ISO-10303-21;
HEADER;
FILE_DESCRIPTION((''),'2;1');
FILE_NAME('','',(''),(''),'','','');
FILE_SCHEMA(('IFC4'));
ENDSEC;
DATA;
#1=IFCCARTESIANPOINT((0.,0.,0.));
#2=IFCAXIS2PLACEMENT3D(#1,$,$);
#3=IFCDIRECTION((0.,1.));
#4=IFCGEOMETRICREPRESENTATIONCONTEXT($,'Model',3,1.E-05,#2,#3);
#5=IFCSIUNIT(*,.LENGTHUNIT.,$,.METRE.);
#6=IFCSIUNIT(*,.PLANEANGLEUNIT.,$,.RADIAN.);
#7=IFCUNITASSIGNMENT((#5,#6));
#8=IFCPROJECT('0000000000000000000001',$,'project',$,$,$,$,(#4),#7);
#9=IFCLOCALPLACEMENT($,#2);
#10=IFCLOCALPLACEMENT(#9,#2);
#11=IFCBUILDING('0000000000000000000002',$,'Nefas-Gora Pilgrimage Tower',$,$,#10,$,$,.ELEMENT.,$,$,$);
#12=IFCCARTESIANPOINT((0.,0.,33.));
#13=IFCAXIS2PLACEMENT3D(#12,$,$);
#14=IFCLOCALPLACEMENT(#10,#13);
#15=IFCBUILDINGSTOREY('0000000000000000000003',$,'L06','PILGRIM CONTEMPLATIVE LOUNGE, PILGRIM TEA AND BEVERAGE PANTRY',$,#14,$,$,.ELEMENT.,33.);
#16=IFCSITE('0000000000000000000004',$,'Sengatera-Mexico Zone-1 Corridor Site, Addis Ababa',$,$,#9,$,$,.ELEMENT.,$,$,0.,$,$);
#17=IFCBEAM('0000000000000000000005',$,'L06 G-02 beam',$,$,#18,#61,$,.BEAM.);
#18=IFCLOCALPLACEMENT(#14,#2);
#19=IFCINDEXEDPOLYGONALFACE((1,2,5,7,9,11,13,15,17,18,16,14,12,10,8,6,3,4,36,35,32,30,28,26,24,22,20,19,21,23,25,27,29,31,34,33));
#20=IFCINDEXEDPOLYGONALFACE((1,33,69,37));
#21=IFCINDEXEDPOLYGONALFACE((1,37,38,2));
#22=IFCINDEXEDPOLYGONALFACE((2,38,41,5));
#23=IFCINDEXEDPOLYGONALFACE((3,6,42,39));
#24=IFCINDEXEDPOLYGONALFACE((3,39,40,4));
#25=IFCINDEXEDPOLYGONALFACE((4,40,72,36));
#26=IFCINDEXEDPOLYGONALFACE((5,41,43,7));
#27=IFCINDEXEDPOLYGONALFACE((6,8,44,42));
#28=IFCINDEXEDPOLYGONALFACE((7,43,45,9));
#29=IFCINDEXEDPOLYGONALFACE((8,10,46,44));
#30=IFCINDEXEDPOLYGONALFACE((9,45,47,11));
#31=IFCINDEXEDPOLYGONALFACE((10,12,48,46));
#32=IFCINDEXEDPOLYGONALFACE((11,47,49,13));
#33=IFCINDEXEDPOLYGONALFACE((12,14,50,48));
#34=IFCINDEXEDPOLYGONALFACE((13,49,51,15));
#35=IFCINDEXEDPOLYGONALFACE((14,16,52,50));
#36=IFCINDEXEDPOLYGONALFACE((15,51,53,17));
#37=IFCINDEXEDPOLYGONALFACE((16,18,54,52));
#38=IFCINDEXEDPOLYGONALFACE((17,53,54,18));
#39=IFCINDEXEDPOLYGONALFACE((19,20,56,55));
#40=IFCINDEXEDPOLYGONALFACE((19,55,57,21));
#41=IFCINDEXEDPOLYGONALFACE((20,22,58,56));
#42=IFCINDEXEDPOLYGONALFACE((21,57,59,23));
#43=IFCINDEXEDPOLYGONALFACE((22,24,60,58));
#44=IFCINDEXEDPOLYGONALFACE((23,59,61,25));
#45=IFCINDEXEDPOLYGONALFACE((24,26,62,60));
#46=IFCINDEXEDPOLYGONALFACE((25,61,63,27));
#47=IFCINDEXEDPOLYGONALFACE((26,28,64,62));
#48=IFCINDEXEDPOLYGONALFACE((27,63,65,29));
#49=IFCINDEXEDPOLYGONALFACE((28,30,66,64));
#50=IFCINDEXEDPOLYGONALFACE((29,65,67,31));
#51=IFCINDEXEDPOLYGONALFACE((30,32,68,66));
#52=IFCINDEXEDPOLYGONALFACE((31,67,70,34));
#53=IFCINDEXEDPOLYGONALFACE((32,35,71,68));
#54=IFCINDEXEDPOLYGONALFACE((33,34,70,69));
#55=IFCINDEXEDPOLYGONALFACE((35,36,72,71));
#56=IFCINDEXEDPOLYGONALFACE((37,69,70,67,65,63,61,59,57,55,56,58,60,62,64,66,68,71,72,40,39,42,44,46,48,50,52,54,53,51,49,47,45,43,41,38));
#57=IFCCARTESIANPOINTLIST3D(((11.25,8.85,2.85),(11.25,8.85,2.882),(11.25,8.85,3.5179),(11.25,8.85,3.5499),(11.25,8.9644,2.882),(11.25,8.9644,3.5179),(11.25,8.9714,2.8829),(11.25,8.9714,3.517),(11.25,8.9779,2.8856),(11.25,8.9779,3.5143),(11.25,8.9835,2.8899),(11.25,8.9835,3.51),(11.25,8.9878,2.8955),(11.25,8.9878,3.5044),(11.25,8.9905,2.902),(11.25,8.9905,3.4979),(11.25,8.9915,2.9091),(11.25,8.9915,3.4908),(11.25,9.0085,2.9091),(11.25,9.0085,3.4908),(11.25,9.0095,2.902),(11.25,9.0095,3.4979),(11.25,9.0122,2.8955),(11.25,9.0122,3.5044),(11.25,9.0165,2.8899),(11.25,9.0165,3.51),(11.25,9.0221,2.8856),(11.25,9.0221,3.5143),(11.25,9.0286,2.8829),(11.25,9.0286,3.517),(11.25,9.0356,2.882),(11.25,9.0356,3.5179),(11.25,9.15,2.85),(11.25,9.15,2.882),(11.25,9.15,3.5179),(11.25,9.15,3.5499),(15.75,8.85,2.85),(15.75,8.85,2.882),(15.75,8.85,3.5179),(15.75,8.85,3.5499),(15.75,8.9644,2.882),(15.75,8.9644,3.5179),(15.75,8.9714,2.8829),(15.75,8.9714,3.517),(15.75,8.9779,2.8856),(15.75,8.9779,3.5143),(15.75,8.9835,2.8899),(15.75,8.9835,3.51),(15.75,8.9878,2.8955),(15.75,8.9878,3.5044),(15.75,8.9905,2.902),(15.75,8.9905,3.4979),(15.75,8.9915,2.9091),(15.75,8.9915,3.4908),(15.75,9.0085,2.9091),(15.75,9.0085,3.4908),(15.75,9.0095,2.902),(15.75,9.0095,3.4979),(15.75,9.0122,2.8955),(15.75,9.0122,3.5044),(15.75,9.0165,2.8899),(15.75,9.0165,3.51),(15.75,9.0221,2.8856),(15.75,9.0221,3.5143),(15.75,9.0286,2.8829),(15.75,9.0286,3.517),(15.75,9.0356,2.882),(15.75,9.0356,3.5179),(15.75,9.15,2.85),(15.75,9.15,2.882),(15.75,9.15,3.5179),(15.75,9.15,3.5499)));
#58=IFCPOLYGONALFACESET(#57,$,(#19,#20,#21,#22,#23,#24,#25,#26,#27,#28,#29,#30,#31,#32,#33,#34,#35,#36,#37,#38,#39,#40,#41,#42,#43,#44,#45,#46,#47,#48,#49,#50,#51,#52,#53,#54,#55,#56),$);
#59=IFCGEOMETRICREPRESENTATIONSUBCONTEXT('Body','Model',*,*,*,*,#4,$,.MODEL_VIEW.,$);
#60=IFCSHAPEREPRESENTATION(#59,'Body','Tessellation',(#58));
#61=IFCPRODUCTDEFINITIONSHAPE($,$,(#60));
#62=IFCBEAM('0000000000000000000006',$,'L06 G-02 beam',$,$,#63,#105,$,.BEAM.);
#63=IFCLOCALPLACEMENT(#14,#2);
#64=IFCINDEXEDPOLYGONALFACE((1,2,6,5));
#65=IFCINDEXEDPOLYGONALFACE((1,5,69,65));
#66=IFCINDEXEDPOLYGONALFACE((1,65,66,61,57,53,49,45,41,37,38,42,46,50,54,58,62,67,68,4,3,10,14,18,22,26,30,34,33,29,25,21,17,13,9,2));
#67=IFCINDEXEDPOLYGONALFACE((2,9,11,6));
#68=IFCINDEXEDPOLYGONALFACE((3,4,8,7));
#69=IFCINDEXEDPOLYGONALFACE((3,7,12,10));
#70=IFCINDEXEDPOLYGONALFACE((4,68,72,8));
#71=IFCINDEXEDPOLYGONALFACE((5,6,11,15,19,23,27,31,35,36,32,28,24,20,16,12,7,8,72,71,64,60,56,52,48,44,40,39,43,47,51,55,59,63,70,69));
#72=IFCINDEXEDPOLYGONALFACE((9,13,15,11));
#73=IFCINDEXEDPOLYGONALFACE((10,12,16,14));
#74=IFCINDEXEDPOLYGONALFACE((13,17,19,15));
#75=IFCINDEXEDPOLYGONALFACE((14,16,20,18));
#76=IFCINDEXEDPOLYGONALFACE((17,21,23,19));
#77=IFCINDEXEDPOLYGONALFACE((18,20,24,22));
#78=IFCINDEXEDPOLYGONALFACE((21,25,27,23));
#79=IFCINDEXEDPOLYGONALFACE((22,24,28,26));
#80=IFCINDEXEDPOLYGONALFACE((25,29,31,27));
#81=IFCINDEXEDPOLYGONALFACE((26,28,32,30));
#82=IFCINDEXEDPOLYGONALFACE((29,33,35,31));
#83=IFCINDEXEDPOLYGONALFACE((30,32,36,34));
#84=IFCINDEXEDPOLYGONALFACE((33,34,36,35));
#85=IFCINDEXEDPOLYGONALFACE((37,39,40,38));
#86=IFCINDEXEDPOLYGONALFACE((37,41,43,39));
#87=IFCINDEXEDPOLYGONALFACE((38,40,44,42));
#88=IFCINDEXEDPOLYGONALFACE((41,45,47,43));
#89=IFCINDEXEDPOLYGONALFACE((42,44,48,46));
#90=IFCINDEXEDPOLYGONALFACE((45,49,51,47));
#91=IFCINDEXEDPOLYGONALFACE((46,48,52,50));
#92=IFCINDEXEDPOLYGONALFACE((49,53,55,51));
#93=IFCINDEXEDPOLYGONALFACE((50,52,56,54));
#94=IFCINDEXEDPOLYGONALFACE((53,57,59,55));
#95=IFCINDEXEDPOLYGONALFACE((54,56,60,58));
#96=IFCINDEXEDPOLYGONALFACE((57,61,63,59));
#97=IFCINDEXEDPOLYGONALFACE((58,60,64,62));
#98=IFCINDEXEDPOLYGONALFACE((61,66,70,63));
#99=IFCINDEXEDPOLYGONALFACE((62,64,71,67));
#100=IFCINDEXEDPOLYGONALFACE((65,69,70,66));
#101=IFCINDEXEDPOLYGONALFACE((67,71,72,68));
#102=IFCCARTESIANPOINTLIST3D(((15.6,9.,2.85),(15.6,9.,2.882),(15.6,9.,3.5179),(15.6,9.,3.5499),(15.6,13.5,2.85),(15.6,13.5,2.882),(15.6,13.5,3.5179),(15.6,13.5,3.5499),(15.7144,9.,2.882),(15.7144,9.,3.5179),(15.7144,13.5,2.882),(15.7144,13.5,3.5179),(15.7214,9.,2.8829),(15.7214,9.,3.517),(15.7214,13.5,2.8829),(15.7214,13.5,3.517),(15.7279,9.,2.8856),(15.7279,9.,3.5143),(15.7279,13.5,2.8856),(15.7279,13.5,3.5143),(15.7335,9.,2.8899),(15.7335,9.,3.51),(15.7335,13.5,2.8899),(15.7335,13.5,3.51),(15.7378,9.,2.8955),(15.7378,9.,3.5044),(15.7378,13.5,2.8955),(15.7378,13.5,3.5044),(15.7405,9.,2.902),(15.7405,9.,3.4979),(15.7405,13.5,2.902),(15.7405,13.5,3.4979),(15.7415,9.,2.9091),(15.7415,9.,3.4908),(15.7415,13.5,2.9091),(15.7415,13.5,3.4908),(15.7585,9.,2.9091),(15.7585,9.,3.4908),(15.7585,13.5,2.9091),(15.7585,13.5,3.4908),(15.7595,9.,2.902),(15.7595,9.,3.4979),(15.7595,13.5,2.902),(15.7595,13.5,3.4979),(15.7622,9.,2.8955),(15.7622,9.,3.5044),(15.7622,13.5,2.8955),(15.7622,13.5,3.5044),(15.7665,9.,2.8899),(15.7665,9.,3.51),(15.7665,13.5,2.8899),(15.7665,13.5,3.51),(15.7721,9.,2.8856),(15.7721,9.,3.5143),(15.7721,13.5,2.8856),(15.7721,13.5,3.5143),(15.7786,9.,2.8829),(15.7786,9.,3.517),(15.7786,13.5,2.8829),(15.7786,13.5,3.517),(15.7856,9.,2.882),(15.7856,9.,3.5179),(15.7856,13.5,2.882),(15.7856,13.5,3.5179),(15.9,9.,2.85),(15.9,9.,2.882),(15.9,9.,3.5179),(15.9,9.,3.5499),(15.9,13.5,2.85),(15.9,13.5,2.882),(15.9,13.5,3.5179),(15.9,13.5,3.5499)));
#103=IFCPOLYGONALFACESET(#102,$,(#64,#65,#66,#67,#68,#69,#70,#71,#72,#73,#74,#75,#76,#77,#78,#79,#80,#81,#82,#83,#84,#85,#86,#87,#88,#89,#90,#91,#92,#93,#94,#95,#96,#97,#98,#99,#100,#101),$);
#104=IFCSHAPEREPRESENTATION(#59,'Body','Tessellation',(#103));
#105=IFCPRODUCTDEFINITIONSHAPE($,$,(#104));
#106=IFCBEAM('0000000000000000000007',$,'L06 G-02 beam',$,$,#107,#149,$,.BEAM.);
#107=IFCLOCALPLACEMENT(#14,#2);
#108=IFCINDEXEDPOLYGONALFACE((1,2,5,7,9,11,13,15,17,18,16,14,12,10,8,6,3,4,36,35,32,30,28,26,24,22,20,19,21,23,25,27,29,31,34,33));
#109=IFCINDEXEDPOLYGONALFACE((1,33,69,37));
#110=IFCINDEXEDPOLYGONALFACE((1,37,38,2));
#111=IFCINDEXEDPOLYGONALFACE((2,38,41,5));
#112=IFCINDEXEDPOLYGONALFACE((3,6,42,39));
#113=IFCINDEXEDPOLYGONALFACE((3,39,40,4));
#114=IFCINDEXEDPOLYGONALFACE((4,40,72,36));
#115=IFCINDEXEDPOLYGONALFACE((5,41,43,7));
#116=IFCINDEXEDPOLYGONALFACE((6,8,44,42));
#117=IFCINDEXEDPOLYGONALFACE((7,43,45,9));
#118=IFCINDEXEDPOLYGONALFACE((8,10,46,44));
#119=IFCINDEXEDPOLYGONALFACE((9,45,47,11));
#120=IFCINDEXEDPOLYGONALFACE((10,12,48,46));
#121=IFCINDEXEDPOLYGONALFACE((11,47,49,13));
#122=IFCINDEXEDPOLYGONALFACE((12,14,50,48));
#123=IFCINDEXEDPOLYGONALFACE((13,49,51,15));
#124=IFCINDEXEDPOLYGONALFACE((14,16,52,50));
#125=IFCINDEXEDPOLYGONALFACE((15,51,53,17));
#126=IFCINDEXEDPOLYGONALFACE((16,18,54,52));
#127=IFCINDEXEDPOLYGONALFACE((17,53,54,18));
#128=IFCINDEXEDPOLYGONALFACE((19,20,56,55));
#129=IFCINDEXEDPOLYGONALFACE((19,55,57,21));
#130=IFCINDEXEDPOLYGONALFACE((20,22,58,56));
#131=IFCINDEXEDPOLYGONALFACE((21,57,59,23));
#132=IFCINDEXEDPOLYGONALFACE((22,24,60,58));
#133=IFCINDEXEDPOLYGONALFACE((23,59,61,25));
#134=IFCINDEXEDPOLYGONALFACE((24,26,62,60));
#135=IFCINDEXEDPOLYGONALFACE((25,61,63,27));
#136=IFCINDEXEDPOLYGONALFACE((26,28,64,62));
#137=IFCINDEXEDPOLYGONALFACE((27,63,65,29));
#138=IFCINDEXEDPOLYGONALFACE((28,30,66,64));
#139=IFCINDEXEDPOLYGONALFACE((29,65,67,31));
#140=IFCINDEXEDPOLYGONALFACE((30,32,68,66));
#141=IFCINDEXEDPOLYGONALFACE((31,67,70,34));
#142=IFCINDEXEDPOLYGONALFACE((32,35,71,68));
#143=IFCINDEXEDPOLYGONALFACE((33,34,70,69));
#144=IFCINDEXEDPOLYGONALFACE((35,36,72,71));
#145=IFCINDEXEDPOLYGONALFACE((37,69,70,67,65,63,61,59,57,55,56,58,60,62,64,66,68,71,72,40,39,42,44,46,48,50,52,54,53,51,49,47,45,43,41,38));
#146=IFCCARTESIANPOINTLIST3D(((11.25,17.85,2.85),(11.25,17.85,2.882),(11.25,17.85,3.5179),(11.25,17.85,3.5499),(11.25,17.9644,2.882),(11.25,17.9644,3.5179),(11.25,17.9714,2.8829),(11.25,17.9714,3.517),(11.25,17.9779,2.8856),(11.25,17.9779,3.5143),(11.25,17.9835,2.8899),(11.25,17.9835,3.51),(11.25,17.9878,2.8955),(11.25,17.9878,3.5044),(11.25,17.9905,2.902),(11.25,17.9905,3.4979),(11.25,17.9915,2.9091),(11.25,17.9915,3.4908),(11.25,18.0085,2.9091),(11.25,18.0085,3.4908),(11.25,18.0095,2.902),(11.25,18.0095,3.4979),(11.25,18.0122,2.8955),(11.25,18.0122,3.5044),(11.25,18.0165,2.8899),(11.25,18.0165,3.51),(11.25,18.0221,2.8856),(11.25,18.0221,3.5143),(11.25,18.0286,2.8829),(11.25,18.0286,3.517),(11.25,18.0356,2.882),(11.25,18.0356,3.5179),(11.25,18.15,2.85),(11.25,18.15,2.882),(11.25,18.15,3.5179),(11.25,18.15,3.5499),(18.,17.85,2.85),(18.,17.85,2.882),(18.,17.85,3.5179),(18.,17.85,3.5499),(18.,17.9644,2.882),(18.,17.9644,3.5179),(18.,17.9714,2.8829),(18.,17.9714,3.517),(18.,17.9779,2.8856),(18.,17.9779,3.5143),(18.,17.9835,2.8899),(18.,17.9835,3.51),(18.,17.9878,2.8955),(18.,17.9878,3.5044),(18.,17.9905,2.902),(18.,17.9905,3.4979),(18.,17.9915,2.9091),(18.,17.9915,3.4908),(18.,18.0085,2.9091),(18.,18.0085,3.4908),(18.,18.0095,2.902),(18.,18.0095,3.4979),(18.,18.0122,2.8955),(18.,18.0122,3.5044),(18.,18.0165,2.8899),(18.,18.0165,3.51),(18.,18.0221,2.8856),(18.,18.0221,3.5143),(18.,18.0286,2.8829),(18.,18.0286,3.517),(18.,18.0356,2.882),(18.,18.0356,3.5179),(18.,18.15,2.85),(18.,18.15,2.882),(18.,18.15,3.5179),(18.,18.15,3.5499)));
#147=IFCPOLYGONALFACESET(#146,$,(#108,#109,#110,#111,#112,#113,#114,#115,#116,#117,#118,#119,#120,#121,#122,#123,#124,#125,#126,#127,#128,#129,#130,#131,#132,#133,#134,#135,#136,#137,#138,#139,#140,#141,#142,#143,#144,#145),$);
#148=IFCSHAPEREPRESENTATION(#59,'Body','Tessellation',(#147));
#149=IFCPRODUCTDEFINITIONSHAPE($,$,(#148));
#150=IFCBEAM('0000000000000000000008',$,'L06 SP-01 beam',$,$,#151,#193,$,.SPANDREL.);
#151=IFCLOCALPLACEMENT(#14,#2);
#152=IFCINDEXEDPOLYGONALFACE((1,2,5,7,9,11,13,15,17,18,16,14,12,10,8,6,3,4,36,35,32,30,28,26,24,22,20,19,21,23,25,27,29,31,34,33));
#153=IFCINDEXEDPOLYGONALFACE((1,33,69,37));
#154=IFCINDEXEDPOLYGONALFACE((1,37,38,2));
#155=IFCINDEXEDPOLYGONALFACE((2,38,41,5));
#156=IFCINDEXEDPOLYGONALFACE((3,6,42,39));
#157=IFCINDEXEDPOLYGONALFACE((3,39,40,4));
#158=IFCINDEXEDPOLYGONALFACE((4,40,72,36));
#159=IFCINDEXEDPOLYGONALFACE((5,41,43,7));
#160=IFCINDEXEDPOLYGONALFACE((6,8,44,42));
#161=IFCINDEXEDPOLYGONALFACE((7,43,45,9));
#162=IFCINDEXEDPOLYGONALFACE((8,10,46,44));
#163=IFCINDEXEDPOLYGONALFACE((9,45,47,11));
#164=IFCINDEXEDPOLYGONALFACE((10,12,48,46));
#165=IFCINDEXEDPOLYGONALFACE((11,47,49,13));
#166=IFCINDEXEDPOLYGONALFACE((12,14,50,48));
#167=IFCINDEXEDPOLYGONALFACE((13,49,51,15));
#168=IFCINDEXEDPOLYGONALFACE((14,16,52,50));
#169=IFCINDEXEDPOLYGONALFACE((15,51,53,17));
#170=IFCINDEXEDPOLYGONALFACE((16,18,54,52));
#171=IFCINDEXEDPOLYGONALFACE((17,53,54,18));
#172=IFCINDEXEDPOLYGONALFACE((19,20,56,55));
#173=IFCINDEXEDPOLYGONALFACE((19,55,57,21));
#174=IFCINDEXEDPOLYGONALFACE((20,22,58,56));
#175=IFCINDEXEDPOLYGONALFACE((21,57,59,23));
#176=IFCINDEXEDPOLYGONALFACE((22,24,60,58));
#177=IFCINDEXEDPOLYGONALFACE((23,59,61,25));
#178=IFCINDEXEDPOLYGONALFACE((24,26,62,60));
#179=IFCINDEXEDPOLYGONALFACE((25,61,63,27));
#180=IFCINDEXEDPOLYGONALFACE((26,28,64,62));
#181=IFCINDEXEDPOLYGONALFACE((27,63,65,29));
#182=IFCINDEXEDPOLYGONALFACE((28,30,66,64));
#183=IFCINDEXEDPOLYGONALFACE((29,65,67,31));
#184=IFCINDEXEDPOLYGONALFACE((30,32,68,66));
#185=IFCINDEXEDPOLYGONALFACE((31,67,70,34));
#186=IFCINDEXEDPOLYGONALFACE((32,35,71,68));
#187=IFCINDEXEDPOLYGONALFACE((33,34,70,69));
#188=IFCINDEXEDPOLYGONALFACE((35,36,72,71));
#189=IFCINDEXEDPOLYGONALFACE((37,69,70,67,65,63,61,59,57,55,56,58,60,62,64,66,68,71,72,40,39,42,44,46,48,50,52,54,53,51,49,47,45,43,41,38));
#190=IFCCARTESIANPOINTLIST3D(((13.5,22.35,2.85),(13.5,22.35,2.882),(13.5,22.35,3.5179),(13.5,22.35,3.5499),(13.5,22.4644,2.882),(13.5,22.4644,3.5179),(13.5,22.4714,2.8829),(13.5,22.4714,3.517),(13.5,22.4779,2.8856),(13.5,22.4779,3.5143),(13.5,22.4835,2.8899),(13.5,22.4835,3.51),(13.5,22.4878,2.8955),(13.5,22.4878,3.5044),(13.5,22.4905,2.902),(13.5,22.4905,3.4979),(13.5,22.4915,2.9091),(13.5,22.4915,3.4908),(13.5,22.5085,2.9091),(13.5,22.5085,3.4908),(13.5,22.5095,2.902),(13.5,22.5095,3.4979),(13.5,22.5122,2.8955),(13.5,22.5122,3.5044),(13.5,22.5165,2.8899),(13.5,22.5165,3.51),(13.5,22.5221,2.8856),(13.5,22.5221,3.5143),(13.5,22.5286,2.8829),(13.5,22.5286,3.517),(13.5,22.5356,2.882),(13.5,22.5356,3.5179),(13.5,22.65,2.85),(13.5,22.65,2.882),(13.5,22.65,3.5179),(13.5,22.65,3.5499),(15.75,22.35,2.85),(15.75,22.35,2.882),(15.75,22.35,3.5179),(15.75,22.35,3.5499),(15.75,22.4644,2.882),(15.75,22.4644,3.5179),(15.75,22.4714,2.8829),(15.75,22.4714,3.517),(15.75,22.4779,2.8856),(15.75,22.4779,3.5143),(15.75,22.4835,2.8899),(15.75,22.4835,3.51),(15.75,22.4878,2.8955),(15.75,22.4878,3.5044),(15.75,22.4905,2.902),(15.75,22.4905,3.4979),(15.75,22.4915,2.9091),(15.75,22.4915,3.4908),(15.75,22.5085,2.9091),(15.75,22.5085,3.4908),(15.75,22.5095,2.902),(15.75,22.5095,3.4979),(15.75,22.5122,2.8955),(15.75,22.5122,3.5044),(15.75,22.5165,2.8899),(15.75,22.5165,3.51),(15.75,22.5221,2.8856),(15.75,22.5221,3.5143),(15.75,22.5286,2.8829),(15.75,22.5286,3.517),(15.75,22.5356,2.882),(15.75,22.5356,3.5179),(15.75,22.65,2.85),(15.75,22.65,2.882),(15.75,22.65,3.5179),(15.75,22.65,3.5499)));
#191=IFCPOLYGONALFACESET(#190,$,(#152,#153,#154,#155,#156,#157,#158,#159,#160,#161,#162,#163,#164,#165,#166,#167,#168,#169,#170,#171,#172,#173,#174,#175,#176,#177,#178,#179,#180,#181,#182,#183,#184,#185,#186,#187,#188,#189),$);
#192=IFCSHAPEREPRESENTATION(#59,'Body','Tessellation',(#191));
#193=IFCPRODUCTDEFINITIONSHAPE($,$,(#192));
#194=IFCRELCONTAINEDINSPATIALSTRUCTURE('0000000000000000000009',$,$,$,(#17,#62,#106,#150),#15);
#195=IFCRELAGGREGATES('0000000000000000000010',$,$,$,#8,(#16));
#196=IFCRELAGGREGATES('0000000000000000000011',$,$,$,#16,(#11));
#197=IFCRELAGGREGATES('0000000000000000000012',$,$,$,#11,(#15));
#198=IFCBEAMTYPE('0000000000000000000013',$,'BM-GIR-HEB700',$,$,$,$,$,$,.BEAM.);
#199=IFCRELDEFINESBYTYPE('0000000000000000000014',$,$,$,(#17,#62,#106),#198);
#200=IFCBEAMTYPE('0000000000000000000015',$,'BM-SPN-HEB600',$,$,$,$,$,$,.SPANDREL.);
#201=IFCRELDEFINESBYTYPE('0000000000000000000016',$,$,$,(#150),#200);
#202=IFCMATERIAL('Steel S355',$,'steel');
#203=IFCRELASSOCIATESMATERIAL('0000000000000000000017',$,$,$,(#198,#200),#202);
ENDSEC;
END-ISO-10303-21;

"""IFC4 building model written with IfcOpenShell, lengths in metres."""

from ifc_helpers import new_model, si_unit, direction, frame, origin, origin_2d, place, context, subcontext, project, spatial, i_section, extrude, source, transform, mapped, material, material_profile, profile_set, type_object, element, save


model = new_model("IFC4")

# Units and contexts
model_context = context("Model", 3, precision=1e-05, world=origin(), true_north=direction((0.0, 1.0)))
body_context = subcontext(model_context, "Body", "Model", "MODEL_VIEW")
ifc_project = project(units=[si_unit("LENGTHUNIT", "METRE"), si_unit("PLANEANGLEUNIT", "RADIAN")], contexts=[model_context])

# Site, building, storey
site_placement = place(None, origin())
site = spatial("IfcSite", under=ifc_project, at=site_placement, Name="Sengatera-Mexico Zone-1 Corridor Site, Addis Ababa", CompositionType="ELEMENT", RefElevation=0.0)
building_placement = place(site_placement, origin())
building = spatial("IfcBuilding", under=site, at=building_placement, Name="Nefas-Gora Pilgrimage Tower", CompositionType="ELEMENT")
storey_placement = place(building_placement, frame((0.0, 0.0, 33.0)))
storey = spatial("IfcBuildingStorey", under=building, at=storey_placement, Name="L06", Description="PILGRIM CONTEMPLATIVE LOUNGE, PILGRIM TEA AND BEVERAGE PANTRY", CompositionType="ELEMENT", Elevation=33.0)

# Beams
ifc_material_1 = material(Name="Steel S355", Category="steel")
ifc_material_profile_1 = material_profile(ifc_material_1, i_section(OverallWidth=0.3, OverallDepth=0.7, WebThickness=0.0171, FlangeThickness=0.032, FilletRadius=0.0271, at=origin_2d()), Name="HEB 700")
ifc_profile_set_1 = profile_set([ifc_material_profile_1], Name="Steel S355")
beam_type_1 = type_object("IfcBeamType", Name="BM-GIR-HEB700", PredefinedType="BEAM", material=ifc_profile_set_1)
shared_shape_1 = source(origin(), body_context, "Body", "SweptSolid", [
    extrude(i_section(OverallWidth=0.3, OverallDepth=0.7, WebThickness=0.0171, FlangeThickness=0.032, FilletRadius=0.0271, at=origin_2d()), origin(), (0.0, 0.0, 1.0), 4.5),
])
for number, where, z_axis, x_axis, name in (
    (1, (11.25, 9.0, 3.2), (1.0, 0.0, 0.0), (0.0, 1.0, 0.0), "L06 G-02 beam"),
    (2, (15.75, 9.0, 3.2), (0.0, 1.0, 0.0), (-1.0, 0.0, 0.0), "L06 G-02 beam"),
):
    element("IfcBeam", number, at=place(storey_placement, frame(where, z_axis=z_axis, x_axis=x_axis)), inside=storey, type_object=beam_type_1, Name=name, PredefinedType="BEAM", context=body_context, shape_type="MappedRepresentation", body=[
        mapped(shared_shape_1, transform((0.0, 0.0, 0.0), x_axis=(1.0, 0.0, 0.0), y_axis=(0.0, 1.0, 0.0), z_axis=(0.0, 0.0, 1.0), scale=1.0)),
    ])
shared_shape_2 = source(origin(), body_context, "Body", "SweptSolid", [
    extrude(i_section(OverallWidth=0.3, OverallDepth=0.7, WebThickness=0.0171, FlangeThickness=0.032, FilletRadius=0.0271, at=origin_2d()), origin(), (0.0, 0.0, 1.0), 6.75),
])
beam_1_placement = place(storey_placement, frame((11.25, 18.0, 3.2), z_axis=(1.0, 0.0, 0.0), x_axis=(0.0, 1.0, 0.0)))
element("IfcBeam", 3, at=beam_1_placement, inside=storey, type_object=beam_type_1, Name="L06 G-02 beam", PredefinedType="BEAM", context=body_context, shape_type="MappedRepresentation", body=[
    mapped(shared_shape_2, transform((0.0, 0.0, 0.0), x_axis=(1.0, 0.0, 0.0), y_axis=(0.0, 1.0, 0.0), z_axis=(0.0, 0.0, 1.0), scale=1.0)),
])
ifc_material_profile_2 = material_profile(ifc_material_1, i_section(OverallWidth=0.3, OverallDepth=0.7, WebThickness=0.0171, FlangeThickness=0.032, FilletRadius=0.0271, at=origin_2d()), Name="HEB 700")
ifc_profile_set_2 = profile_set([ifc_material_profile_2], Name="Steel S355")
beam_type_2 = type_object("IfcBeamType", Name="BM-SPN-HEB600", PredefinedType="SPANDREL", material=ifc_profile_set_2)
shared_shape_3 = source(origin(), body_context, "Body", "SweptSolid", [
    extrude(i_section(OverallWidth=0.3, OverallDepth=0.7, WebThickness=0.0171, FlangeThickness=0.032, FilletRadius=0.0271, at=origin_2d()), origin(), (0.0, 0.0, 1.0), 2.25),
])
beam_2_placement = place(storey_placement, frame((13.5, 22.5, 3.2), z_axis=(1.0, 0.0, 0.0), x_axis=(0.0, 1.0, 0.0)))
element("IfcBeam", 4, at=beam_2_placement, inside=storey, type_object=beam_type_2, Name="L06 SP-01 beam", PredefinedType="SPANDREL", context=body_context, shape_type="MappedRepresentation", body=[
    mapped(shared_shape_3, transform((0.0, 0.0, 0.0), x_axis=(1.0, 0.0, 0.0), y_axis=(0.0, 1.0, 0.0), z_axis=(0.0, 0.0, 1.0), scale=1.0)),
])

save(model, "model.ifc")
